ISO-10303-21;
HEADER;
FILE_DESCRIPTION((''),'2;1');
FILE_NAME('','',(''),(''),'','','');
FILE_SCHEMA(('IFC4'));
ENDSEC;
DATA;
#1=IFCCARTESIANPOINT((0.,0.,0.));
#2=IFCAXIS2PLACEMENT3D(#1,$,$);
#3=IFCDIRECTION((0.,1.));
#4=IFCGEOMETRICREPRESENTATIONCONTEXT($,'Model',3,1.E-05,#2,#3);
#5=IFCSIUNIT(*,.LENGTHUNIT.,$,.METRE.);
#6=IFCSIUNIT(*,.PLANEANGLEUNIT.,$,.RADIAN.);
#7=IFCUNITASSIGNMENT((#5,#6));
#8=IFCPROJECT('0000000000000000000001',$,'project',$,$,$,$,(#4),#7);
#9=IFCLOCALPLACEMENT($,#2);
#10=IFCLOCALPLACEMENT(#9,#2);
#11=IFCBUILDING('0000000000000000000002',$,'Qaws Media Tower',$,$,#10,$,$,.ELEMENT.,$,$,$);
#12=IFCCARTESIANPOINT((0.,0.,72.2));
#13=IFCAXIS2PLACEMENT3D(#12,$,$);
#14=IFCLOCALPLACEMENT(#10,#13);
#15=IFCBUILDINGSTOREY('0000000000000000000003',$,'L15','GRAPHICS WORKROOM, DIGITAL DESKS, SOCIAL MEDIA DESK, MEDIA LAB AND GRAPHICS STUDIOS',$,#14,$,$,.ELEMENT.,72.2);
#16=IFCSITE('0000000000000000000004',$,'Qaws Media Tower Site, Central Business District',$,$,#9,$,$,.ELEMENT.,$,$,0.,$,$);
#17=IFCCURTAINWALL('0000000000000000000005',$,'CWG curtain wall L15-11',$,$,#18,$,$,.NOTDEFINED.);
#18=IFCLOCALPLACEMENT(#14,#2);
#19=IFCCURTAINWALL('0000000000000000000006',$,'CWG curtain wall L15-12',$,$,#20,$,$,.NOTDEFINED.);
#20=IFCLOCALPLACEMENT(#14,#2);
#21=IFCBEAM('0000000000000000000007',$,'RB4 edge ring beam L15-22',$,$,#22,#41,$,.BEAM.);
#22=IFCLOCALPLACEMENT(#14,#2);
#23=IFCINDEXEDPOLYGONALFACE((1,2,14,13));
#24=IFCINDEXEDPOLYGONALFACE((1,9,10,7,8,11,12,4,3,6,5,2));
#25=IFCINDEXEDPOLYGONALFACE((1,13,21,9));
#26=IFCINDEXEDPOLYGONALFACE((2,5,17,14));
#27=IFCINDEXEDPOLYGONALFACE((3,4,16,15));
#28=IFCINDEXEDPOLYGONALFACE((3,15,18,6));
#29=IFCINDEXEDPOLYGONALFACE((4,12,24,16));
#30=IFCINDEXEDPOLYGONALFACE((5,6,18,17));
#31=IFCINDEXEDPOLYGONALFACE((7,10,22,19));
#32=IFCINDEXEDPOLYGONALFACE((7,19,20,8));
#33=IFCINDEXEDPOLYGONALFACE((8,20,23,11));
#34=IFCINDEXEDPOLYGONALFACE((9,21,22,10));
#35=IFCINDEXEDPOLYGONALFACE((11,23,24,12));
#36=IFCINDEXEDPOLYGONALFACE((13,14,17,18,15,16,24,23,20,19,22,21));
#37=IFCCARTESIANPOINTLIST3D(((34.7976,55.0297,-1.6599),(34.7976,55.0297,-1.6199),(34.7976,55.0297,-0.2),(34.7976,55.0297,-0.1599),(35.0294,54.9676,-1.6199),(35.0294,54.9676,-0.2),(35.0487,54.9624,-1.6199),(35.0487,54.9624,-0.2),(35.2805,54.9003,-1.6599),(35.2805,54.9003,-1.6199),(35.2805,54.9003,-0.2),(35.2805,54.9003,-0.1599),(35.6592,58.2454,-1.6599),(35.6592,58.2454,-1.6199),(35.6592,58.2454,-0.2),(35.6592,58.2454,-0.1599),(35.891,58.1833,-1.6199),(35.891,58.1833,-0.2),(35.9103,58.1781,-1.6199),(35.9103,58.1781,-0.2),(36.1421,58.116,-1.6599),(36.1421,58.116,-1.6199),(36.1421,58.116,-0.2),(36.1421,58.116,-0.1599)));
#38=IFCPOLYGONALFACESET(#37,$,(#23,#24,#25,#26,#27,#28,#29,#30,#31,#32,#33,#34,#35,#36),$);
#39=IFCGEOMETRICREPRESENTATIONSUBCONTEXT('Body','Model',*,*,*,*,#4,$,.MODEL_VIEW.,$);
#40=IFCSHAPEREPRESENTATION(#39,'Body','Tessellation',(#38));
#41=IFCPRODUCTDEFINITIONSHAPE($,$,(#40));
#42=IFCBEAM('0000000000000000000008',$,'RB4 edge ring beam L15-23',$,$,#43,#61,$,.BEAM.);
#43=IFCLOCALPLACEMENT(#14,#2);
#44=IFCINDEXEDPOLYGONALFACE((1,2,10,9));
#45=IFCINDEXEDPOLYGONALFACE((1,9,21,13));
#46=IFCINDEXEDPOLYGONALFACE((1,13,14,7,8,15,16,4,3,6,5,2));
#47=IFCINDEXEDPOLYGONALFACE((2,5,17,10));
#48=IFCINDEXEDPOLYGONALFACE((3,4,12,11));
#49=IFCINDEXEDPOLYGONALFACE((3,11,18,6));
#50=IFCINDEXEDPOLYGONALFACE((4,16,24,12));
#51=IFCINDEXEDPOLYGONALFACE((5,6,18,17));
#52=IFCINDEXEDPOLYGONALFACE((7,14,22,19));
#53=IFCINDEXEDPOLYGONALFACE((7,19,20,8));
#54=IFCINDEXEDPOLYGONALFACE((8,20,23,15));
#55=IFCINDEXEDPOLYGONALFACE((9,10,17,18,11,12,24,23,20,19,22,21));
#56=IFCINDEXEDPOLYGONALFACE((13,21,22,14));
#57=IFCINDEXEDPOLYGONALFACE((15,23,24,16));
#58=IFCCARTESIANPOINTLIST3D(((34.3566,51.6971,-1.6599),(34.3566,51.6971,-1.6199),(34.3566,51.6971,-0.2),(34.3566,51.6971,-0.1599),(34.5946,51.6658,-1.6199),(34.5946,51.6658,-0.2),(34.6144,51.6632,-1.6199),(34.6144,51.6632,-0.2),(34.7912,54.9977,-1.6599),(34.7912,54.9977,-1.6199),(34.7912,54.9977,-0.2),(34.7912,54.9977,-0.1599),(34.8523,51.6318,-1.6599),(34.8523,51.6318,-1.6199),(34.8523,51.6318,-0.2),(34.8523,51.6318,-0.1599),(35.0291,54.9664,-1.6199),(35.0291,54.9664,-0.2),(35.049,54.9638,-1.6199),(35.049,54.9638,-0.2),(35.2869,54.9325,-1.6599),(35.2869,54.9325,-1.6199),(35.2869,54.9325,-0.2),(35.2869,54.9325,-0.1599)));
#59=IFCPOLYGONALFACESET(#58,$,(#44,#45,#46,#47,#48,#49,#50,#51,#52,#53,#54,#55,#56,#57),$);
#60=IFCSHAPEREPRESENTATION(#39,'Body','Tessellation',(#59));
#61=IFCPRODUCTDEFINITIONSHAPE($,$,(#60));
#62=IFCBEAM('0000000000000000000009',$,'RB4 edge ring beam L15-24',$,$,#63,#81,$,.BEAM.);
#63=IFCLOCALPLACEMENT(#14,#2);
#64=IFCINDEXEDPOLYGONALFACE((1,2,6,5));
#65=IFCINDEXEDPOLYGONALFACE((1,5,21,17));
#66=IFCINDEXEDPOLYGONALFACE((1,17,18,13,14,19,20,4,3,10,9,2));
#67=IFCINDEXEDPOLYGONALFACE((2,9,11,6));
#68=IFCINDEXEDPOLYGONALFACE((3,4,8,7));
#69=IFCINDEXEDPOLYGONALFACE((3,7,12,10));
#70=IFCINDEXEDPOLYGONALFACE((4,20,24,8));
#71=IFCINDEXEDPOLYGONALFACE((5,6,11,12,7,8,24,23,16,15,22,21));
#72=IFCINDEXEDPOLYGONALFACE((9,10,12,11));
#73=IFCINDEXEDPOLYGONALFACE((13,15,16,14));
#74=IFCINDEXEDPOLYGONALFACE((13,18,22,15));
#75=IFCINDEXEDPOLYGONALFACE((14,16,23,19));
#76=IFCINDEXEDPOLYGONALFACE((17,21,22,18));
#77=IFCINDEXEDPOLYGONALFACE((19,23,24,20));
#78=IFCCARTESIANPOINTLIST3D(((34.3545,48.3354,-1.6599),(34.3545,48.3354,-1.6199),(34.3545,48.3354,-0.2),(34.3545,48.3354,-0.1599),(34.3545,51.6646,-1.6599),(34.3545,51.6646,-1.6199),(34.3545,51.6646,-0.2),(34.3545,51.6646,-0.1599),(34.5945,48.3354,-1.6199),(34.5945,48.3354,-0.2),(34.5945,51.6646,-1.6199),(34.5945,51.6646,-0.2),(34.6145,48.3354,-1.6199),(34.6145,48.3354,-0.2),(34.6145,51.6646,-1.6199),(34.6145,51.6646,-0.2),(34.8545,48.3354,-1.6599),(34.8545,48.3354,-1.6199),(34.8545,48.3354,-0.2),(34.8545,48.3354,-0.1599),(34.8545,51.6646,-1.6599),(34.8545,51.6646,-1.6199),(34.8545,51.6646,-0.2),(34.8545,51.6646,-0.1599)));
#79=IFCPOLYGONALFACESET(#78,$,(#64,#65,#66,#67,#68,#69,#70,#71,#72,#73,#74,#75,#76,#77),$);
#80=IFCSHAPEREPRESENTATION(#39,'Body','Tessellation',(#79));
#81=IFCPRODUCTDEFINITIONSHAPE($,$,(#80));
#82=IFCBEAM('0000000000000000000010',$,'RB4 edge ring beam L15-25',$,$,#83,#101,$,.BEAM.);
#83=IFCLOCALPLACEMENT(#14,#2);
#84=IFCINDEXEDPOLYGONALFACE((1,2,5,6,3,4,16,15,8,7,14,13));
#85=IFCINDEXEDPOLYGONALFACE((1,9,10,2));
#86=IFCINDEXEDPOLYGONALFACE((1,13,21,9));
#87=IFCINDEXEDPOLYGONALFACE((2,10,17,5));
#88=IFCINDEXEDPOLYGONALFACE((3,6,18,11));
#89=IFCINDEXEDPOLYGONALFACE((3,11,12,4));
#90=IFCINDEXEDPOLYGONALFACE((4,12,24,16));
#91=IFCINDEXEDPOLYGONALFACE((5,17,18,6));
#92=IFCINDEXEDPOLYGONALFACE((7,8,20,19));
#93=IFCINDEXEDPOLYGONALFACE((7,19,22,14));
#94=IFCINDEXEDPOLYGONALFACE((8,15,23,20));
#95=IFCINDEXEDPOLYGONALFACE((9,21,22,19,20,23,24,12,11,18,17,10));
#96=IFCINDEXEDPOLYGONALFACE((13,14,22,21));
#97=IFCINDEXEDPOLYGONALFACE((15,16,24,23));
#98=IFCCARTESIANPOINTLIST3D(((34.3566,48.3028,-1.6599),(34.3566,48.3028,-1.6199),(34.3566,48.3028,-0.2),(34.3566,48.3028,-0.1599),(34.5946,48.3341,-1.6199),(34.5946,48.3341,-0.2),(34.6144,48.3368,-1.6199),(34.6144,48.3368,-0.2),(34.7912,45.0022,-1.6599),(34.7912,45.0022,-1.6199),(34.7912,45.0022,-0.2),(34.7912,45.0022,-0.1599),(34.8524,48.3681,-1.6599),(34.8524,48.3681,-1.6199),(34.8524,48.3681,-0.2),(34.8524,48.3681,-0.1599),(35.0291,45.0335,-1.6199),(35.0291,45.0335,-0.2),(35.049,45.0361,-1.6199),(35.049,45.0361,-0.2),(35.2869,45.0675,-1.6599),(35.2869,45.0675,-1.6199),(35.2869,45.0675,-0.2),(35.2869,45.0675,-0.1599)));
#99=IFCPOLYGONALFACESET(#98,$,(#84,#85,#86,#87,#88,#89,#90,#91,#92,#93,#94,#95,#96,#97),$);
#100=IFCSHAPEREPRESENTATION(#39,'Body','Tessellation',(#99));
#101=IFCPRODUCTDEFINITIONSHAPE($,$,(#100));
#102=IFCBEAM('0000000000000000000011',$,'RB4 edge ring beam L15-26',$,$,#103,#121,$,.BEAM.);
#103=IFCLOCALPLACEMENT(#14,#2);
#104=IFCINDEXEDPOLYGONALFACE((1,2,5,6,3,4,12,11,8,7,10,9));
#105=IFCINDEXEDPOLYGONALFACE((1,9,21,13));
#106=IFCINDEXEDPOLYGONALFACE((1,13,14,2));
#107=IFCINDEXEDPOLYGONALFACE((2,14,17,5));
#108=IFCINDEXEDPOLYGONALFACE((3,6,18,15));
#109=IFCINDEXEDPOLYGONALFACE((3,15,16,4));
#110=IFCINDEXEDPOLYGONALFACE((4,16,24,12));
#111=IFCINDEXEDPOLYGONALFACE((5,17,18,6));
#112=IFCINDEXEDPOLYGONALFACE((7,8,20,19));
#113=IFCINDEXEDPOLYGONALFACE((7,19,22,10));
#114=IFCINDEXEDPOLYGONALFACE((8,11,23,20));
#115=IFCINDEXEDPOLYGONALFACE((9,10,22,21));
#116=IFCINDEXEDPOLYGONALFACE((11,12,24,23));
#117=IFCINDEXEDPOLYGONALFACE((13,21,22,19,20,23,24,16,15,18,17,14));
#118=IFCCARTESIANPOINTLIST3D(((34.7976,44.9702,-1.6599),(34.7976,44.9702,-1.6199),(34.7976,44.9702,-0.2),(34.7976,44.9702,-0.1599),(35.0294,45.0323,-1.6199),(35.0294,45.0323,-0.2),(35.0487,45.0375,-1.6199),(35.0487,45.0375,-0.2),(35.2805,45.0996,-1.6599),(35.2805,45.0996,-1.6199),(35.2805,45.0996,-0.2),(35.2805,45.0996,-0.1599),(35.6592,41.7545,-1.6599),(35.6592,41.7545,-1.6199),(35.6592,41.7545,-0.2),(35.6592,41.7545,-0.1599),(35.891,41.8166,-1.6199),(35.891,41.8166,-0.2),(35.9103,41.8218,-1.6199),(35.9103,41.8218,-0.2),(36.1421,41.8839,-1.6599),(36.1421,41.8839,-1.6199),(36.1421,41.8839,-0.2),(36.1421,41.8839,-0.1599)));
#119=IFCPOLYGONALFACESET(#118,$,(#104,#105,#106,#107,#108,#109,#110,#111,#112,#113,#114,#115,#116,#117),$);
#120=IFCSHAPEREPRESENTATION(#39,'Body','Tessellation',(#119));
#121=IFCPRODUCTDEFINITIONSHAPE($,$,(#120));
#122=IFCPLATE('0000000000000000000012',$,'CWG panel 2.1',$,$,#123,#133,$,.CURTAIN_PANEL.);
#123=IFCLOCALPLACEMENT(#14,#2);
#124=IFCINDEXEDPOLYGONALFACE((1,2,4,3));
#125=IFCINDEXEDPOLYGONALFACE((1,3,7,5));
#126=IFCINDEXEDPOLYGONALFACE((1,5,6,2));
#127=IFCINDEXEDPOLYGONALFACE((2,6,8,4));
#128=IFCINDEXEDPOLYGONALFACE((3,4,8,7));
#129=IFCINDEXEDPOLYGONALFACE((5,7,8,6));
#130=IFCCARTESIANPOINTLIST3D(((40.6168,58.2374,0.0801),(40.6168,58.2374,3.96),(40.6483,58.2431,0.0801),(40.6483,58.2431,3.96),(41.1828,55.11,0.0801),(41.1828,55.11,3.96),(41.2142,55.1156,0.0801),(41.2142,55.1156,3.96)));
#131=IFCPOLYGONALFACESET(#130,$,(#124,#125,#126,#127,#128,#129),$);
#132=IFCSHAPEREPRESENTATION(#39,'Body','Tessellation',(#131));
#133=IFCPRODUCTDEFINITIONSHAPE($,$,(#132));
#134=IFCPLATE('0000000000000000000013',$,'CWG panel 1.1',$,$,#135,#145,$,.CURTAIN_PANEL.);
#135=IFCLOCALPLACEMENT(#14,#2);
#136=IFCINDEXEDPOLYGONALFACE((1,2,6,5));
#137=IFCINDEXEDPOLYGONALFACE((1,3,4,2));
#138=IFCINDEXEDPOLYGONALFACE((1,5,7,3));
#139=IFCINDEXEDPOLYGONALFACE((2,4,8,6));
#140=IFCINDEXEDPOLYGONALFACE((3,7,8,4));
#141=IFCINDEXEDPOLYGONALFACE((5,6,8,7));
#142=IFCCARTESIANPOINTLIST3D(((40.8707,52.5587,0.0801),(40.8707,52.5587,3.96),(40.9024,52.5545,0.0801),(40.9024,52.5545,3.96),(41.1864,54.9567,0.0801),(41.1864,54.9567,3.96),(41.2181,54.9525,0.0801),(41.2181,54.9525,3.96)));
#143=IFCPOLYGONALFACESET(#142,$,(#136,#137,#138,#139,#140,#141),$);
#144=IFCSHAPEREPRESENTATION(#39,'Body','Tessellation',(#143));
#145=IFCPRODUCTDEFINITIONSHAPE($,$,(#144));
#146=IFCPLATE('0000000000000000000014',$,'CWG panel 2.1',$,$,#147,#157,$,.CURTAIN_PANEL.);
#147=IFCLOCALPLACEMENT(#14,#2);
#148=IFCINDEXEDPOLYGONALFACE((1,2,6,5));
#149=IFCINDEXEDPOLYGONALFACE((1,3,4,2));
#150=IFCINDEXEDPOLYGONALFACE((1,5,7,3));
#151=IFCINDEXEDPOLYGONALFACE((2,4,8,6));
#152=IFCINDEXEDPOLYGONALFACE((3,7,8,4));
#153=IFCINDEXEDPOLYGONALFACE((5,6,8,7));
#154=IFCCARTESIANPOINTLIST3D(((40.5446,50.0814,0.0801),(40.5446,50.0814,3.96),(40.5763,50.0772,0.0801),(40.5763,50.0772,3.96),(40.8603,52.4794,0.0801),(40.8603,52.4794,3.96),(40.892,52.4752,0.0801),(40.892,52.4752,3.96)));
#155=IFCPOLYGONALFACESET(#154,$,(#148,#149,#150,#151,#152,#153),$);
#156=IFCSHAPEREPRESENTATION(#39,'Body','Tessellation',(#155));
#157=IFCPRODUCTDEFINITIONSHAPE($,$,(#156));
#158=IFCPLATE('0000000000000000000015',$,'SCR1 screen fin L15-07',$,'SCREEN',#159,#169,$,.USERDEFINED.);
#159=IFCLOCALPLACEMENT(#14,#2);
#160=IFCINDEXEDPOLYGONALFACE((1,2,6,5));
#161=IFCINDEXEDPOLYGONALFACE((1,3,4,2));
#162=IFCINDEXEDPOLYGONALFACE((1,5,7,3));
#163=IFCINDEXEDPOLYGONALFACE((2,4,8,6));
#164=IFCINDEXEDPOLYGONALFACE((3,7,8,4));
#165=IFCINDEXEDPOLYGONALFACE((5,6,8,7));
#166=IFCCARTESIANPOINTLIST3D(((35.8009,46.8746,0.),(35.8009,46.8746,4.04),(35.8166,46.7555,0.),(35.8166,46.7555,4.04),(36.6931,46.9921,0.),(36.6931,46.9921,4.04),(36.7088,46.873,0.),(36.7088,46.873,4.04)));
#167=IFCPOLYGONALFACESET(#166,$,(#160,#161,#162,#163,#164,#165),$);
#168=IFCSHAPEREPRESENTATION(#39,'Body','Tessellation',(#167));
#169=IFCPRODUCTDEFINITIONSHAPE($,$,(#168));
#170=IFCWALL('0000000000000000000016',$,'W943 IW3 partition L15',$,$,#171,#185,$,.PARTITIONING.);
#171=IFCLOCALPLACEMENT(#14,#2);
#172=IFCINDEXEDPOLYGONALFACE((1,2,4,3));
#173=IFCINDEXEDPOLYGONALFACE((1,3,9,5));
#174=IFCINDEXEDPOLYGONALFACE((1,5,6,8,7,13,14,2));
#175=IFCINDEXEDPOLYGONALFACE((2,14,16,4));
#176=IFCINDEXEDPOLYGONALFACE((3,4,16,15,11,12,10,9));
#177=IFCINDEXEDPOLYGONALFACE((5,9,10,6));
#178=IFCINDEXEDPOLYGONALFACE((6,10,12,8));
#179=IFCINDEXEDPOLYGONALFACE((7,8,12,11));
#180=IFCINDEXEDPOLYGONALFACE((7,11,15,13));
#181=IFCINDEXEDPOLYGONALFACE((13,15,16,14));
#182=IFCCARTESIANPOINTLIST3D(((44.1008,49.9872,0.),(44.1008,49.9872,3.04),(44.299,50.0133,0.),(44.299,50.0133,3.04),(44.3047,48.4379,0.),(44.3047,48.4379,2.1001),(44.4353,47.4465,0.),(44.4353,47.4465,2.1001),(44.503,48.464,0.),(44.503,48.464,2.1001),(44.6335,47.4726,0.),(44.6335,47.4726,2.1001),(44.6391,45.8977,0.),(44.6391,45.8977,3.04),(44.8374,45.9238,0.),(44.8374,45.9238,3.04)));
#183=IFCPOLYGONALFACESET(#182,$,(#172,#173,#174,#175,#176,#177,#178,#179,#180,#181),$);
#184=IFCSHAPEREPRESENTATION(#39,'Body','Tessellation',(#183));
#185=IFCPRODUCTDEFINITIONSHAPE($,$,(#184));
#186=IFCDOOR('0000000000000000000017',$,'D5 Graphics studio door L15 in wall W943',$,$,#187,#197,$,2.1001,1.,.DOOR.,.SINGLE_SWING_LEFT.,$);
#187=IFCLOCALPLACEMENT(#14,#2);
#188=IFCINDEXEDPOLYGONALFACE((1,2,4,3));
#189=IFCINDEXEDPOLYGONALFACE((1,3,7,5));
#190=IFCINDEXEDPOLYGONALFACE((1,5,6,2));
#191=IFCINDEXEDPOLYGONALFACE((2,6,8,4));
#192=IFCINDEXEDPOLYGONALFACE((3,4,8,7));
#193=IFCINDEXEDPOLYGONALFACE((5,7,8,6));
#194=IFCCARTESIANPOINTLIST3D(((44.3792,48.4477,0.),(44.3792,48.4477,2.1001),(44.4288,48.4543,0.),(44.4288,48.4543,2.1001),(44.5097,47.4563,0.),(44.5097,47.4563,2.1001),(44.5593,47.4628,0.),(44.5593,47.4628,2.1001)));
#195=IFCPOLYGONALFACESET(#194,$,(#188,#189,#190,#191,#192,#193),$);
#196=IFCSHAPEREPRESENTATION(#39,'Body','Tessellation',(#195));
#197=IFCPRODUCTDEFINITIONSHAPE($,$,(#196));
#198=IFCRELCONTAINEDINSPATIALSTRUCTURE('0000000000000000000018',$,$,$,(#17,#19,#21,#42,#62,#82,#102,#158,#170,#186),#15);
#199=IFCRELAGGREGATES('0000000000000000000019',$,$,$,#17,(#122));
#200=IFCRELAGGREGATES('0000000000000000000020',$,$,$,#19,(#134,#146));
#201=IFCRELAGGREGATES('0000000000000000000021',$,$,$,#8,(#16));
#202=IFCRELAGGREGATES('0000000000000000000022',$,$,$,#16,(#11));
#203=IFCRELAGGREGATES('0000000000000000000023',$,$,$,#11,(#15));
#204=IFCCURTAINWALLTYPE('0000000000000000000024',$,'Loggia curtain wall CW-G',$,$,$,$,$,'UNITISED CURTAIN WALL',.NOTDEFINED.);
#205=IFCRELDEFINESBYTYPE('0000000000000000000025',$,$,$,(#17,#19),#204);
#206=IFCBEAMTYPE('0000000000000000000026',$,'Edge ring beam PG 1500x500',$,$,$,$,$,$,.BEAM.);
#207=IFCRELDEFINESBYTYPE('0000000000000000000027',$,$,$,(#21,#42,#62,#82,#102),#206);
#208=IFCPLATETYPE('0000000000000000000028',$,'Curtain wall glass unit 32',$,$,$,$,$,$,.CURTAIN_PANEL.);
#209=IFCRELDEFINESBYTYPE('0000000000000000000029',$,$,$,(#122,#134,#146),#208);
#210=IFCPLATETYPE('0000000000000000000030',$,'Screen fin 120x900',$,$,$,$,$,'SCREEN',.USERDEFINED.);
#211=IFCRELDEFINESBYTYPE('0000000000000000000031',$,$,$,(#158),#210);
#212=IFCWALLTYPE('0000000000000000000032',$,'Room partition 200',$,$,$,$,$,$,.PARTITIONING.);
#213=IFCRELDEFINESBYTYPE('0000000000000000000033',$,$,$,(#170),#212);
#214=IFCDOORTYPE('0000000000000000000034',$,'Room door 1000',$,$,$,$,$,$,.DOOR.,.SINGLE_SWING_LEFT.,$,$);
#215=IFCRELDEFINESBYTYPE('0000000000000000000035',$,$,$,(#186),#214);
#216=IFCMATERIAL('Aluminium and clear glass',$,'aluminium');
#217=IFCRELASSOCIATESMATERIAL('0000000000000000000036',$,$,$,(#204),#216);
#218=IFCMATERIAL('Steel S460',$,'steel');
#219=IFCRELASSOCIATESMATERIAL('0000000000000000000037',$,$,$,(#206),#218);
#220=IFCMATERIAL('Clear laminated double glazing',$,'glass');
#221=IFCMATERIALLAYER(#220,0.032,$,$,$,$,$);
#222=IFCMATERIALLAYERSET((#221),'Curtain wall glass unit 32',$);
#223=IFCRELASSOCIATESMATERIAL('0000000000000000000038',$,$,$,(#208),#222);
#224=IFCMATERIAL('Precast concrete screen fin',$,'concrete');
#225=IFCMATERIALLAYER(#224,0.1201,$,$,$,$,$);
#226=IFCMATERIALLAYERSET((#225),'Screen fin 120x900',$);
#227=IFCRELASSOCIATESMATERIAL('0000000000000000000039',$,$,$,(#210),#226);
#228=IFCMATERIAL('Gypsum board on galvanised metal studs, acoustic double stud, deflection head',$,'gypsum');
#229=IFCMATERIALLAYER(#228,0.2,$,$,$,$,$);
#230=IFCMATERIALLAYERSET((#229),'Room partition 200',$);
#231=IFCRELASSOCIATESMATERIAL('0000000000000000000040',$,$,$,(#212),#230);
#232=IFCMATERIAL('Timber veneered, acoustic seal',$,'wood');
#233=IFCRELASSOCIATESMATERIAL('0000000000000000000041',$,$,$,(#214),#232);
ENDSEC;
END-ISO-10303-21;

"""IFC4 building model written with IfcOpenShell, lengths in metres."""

from ifc_helpers import new_model, si_unit, direction, frame, frame_2d, origin, origin_2d, place, context, subcontext, project, spatial, rectangle, i_section, extrude, material, layer, layer_set, material_profile, profile_set, type_object, element, fill, aggregate, save


model = new_model("IFC4")

# Units and contexts
model_context = context("Model", 3, precision=1e-05, world=origin(), true_north=direction((0.0, 1.0)))
body_context = subcontext(model_context, "Body", "Model", "MODEL_VIEW")
ifc_project = project(units=[si_unit("LENGTHUNIT", "METRE"), si_unit("PLANEANGLEUNIT", "RADIAN")], contexts=[model_context])

# Site, building, storey
site_placement = place(None, origin())
site = spatial("IfcSite", under=ifc_project, at=site_placement, Name="Qaws Media Tower Site, Central Business District", CompositionType="ELEMENT", RefElevation=0.0)
building_placement = place(site_placement, origin())
building = spatial("IfcBuilding", under=site, at=building_placement, Name="Qaws Media Tower", CompositionType="ELEMENT")
storey_placement = place(building_placement, frame((0.0, 0.0, 72.2)))
storey = spatial("IfcBuildingStorey", under=building, at=storey_placement, Name="L15", Description="GRAPHICS WORKROOM, DIGITAL DESKS, SOCIAL MEDIA DESK, MEDIA LAB AND GRAPHICS STUDIOS", CompositionType="ELEMENT", Elevation=72.2)

# Curtain wall
ifc_material_1 = material(Name="Aluminium and clear glass", Category="aluminium")
curtain_wall_type_1 = type_object("IfcCurtainWallType", Name="Loggia curtain wall CW-G", ElementType="UNITISED CURTAIN WALL", PredefinedType="NOTDEFINED", material=ifc_material_1)
curtain_wall_1_placement = place(storey_placement, origin())
curtain_wall_1 = element("IfcCurtainWall", 1, at=curtain_wall_1_placement, inside=storey, type_object=curtain_wall_type_1, Name="CWG curtain wall L15-11", PredefinedType="NOTDEFINED")

# Curtain wall
curtain_wall_2_placement = place(storey_placement, origin())
curtain_wall_2 = element("IfcCurtainWall", 2, at=curtain_wall_2_placement, inside=storey, type_object=curtain_wall_type_1, Name="CWG curtain wall L15-12", PredefinedType="NOTDEFINED")

# Beams
ifc_material_2 = material(Name="Steel S460", Category="steel")
ifc_material_profile_1 = material_profile(ifc_material_2, i_section(OverallWidth=0.5, OverallDepth=1.5, WebThickness=0.02, FlangeThickness=0.04, at=origin_2d()), Name="PG 1500x500")
ifc_profile_set_1 = profile_set([ifc_material_profile_1], Name="Steel S460")
beam_type = type_object("IfcBeamType", Name="Edge ring beam PG 1500x500", PredefinedType="BEAM", material=ifc_profile_set_1)
for number, where, z_axis, x_axis, name in (
    (3, (35.9006, 58.1807, -0.9099), (-0.258808, -0.965929, 0.0), (0.965929, -0.258808, 0.0), "RB4 edge ring beam L15-22"),
    (4, (35.0391, 54.9651, -0.9099), (-0.13054, -0.991443, 0.0), (0.991443, -0.13054, 0.0), "RB4 edge ring beam L15-23"),
    (5, (34.6045, 51.6646, -0.9099), (0.0, -1.0, 0.0), (1.0, 0.0, 0.0), "RB4 edge ring beam L15-24"),
    (6, (34.6045, 48.3354, -0.9099), (0.13054, -0.991443, 0.0), (0.991443, 0.13054, 0.0), "RB4 edge ring beam L15-25"),
    (7, (35.0391, 45.0349, -0.9099), (0.258808, -0.965929, 0.0), (0.965929, 0.258808, 0.0), "RB4 edge ring beam L15-26"),
):
    element("IfcBeam", number, at=place(storey_placement, frame(where, z_axis=z_axis, x_axis=x_axis)), inside=storey, type_object=beam_type, Name=name, PredefinedType="BEAM", context=body_context, shape_type="SweptSolid", body=[
        extrude(i_section(OverallWidth=0.5, OverallDepth=1.5, WebThickness=0.02, FlangeThickness=0.04, at=origin_2d()), origin(), (0.0, 0.0, 1.0), 3.3291),
    ])

# Plates
ifc_material_3 = material(Name="Clear laminated double glazing", Category="glass")
ifc_layer_1 = layer(ifc_material_3, 0.032)
ifc_layer_set_1 = layer_set([ifc_layer_1], Name="Curtain wall glass unit 32")
plate_type_1 = type_object("IfcPlateType", Name="Curtain wall glass unit 32", PredefinedType="CURTAIN_PANEL", material=ifc_layer_set_1)
plate_1_placement = place(storey_placement, frame((40.9155, 56.6765, 0.0801), z_axis=(0.0, 0.0, 1.0), x_axis=(0.178071, -0.984018, 0.0)))
plate_1 = element("IfcPlate", 8, at=plate_1_placement, type_object=plate_type_1, Name="CWG panel 2.1", PredefinedType="CURTAIN_PANEL", context=body_context, shape_type="SweptSolid", body=[
    extrude(rectangle(XDim=3.1782, YDim=0.032, at=origin_2d()), origin(), (0.0, 0.0, 1.0), 3.8799),
])
aggregate(curtain_wall_1, [plate_1])
plate_2_placement = place(storey_placement, frame((41.0444, 53.7556, 0.0801), z_axis=(0.0, 0.0, 1.0), x_axis=(-0.130526, -0.991445, 0.0)))
plate_2 = element("IfcPlate", 9, at=plate_2_placement, type_object=plate_type_1, Name="CWG panel 1.1", PredefinedType="CURTAIN_PANEL", context=body_context, shape_type="SweptSolid", body=[
    extrude(rectangle(XDim=2.4187, YDim=0.032, at=origin_2d()), origin(), (0.0, 0.0, 1.0), 3.8799),
])
plate_3_placement = place(storey_placement, frame((40.7183, 51.2783, 0.0801), z_axis=(0.0, 0.0, 1.0), x_axis=(-0.130526, -0.991445, 0.0)))
plate_3 = element("IfcPlate", 10, at=plate_3_placement, type_object=plate_type_1, Name="CWG panel 2.1", PredefinedType="CURTAIN_PANEL", context=body_context, shape_type="SweptSolid", body=[
    extrude(rectangle(XDim=2.4187, YDim=0.032, at=origin_2d()), origin(), (0.0, 0.0, 1.0), 3.8799),
])
aggregate(curtain_wall_2, [plate_2, plate_3])
ifc_material_4 = material(Name="Precast concrete screen fin", Category="concrete")
ifc_layer_2 = layer(ifc_material_4, 0.1201)
ifc_layer_set_2 = layer_set([ifc_layer_2], Name="Screen fin 120x900")
plate_type_2 = type_object("IfcPlateType", Name="Screen fin 120x900", ElementType="SCREEN", PredefinedType="USERDEFINED", material=ifc_layer_set_2)
plate_4_placement = place(storey_placement, frame((36.2549, 46.8738, 0.0), z_axis=(0.0, 0.0, 1.0), x_axis=(-0.991445, -0.130526, 0.0)))
element("IfcPlate", 11, at=plate_4_placement, inside=storey, type_object=plate_type_2, Name="SCR1 screen fin L15-07", ObjectType="SCREEN", PredefinedType="USERDEFINED", context=body_context, shape_type="SweptSolid", body=[
    extrude(rectangle(XDim=0.8999, YDim=0.1201, at=origin_2d()), origin(), (0.0, 0.0, 1.0), 4.04),
])

# Wall, opening, door
ifc_material_5 = material(Name="Gypsum board on galvanised metal studs, acoustic double stud, deflection head", Category="gypsum")
ifc_layer_3 = layer(ifc_material_5, 0.2)
ifc_layer_set_3 = layer_set([ifc_layer_3], Name="Room partition 200")
wall_type_1 = type_object("IfcWallType", Name="Room partition 200", PredefinedType="PARTITIONING", material=ifc_layer_set_3)
wall_1_placement = place(storey_placement, frame((44.7383, 45.9106, 0.0), z_axis=(0.0, 0.0, 1.0), x_axis=(-0.130516, 0.991446, 0.0)))
wall_1 = element("IfcWall", 12, at=wall_1_placement, inside=storey, type_object=wall_type_1, Name="W943 IW3 partition L15", PredefinedType="PARTITIONING", context=body_context, shape_type="SweptSolid", body=[
    extrude(rectangle(XDim=4.1248, YDim=0.2, at=frame_2d((2.0625, 0.0))), origin(), (0.0, 0.0, 1.0), 3.04),
])
opening_1_placement = place(wall_1_placement, frame((1.5623, 0.0, 0.0)))
opening_1 = element("IfcOpeningElement", 13, at=opening_1_placement, cuts=wall_1, PredefinedType="OPENING", context=body_context, shape_type="SweptSolid", body=[
    extrude(rectangle(XDim=1.0, YDim=2.1001, at=frame_2d((0.5, 1.05))), frame((0.0, 0.1099, 0.0), z_axis=(0.0, -1.0, 0.0), x_axis=(1.0, 0.0, 0.0)), (0.0, 0.0, 1.0), 0.22),
])
ifc_material_6 = material(Name="Timber veneered, acoustic seal", Category="wood")
door_type_1 = type_object("IfcDoorType", Name="Room door 1000", OperationType="SINGLE_SWING_LEFT", PredefinedType="DOOR", material=ifc_material_6)
door_1_placement = place(opening_1_placement, origin())
door_1 = element("IfcDoor", 14, at=door_1_placement, inside=storey, type_object=door_type_1, Name="D5 Graphics studio door L15 in wall W943", OperationType="SINGLE_SWING_LEFT", OverallHeight=2.1001, OverallWidth=1.0, PredefinedType="DOOR", context=body_context, shape_type="SweptSolid", body=[
    extrude(rectangle(XDim=1.0, YDim=2.1001, at=frame_2d((0.5, 1.05))), frame((0.0, 0.0249, 0.0), z_axis=(0.0, -1.0, 0.0), x_axis=(1.0, 0.0, 0.0)), (0.0, 0.0, 1.0), 0.05),
])
fill(opening_1, door_1)

save(model, "model.ifc")
